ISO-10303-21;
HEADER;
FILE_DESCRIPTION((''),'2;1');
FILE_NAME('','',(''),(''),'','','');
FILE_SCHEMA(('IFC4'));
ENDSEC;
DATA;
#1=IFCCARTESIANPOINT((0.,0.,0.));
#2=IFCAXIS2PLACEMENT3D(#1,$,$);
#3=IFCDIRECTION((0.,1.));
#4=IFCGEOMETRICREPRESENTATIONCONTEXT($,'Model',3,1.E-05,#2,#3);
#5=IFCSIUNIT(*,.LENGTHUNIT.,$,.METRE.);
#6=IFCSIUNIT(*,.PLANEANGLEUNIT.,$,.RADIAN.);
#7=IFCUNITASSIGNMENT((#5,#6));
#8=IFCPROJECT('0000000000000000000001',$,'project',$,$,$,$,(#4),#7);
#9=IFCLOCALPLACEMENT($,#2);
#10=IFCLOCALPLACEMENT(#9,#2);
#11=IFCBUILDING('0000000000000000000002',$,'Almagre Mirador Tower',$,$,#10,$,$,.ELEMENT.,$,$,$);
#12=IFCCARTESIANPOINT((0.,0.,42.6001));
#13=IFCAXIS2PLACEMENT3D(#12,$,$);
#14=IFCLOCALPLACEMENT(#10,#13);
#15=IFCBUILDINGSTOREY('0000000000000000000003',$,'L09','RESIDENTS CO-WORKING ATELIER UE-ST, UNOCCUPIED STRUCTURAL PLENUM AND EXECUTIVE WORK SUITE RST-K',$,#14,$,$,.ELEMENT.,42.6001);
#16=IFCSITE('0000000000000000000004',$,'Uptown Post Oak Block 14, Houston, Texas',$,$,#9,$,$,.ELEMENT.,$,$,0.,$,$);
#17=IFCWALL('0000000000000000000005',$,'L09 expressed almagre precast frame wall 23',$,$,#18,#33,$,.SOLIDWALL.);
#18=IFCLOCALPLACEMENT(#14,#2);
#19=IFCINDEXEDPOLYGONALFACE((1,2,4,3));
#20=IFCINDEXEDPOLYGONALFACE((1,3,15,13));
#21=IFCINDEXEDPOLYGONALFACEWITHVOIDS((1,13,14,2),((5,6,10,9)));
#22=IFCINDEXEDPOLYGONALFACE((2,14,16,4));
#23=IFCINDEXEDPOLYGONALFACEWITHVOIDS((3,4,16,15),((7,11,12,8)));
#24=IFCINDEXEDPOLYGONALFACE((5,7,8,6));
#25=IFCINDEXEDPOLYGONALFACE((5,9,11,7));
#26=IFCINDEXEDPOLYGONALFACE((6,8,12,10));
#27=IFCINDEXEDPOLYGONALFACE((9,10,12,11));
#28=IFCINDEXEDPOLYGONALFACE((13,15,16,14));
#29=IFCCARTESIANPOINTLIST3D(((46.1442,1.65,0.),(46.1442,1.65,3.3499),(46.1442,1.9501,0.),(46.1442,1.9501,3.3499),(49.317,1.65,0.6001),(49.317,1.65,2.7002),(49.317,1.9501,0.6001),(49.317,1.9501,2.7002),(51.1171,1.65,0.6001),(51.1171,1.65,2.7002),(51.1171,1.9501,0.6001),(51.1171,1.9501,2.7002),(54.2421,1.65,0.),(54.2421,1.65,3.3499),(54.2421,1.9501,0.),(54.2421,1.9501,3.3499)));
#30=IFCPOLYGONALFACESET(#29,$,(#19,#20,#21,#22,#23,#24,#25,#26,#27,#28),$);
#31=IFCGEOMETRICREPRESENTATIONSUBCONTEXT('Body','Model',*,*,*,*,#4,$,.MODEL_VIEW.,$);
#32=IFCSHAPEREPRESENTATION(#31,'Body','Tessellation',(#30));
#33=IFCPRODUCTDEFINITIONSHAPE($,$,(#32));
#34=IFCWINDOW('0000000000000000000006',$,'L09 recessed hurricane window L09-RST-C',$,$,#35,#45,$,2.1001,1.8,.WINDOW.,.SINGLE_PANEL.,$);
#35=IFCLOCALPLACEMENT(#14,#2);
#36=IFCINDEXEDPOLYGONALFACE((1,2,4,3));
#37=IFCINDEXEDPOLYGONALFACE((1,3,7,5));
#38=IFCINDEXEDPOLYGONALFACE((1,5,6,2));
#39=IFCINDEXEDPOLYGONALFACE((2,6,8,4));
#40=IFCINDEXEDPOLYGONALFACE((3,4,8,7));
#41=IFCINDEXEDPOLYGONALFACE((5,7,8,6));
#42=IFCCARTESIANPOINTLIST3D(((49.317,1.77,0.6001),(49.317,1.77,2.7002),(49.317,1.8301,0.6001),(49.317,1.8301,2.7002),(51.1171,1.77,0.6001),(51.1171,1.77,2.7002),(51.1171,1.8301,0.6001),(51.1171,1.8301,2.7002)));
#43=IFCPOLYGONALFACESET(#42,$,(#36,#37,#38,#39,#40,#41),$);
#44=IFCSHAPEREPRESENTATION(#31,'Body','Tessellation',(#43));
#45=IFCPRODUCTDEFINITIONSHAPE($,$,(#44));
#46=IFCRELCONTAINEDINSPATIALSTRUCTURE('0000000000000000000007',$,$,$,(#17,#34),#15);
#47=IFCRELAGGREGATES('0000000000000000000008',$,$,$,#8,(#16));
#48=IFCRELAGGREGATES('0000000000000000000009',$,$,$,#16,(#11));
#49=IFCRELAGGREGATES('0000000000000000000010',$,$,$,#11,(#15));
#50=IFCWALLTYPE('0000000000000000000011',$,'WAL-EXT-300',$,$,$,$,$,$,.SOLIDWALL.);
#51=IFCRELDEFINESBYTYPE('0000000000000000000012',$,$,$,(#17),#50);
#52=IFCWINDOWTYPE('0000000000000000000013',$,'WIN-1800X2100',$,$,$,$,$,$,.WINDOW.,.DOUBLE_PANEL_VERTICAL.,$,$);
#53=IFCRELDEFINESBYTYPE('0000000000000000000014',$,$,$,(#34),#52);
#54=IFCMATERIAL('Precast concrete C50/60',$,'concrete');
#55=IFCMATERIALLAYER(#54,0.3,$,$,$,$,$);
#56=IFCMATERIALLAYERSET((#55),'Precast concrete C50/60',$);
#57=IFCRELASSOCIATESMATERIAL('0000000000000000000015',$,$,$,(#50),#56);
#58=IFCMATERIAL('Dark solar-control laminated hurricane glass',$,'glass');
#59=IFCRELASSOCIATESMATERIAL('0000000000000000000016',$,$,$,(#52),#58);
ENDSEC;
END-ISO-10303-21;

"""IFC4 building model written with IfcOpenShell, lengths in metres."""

from ifc_helpers import new_model, si_unit, direction, frame, frame_2d, origin, place, context, subcontext, project, spatial, rectangle, extrude, material, layer, layer_set, type_object, element, fill, save


model = new_model("IFC4")

# Units and contexts
model_context = context("Model", 3, precision=1e-05, world=origin(), true_north=direction((0.0, 1.0)))
body_context = subcontext(model_context, "Body", "Model", "MODEL_VIEW")
ifc_project = project(units=[si_unit("LENGTHUNIT", "METRE"), si_unit("PLANEANGLEUNIT", "RADIAN")], contexts=[model_context])

# Site, building, storey
site_placement = place(None, origin())
site = spatial("IfcSite", under=ifc_project, at=site_placement, Name="Uptown Post Oak Block 14, Houston, Texas", CompositionType="ELEMENT", RefElevation=0.0)
building_placement = place(site_placement, origin())
building = spatial("IfcBuilding", under=site, at=building_placement, Name="Almagre Mirador Tower", CompositionType="ELEMENT")
storey_placement = place(building_placement, frame((0.0, 0.0, 42.6001)))
storey = spatial("IfcBuildingStorey", under=building, at=storey_placement, Name="L09", Description="RESIDENTS CO-WORKING ATELIER UE-ST, UNOCCUPIED STRUCTURAL PLENUM AND EXECUTIVE WORK SUITE RST-K", CompositionType="ELEMENT", Elevation=42.6001)

# Shared definitions
ifc_material_1 = material(Name="Precast concrete C50/60", Category="concrete")
ifc_layer_1 = layer(ifc_material_1, 0.3)
ifc_layer_set_1 = layer_set([ifc_layer_1], Name="Precast concrete C50/60")
wall_type = type_object("IfcWallType", Name="WAL-EXT-300", PredefinedType="SOLIDWALL", material=ifc_layer_set_1)
ifc_material_2 = material(Name="Dark solar-control laminated hurricane glass", Category="glass")
window_type_1 = type_object("IfcWindowType", Name="WIN-1800X2100", PartitioningType="DOUBLE_PANEL_VERTICAL", PredefinedType="WINDOW", material=ifc_material_2)

# Wall, opening, window
wall_1_placement = place(storey_placement, frame((54.2419, 1.8, 0.0), z_axis=(0.0, 0.0, 1.0), x_axis=(-1.0, 0.0, 0.0)))
wall_1 = element("IfcWall", 1, at=wall_1_placement, inside=storey, type_object=wall_type, Name="L09 expressed almagre precast frame wall 23", PredefinedType="SOLIDWALL", context=body_context, shape_type="SweptSolid", body=[
    extrude(rectangle(XDim=8.0979, YDim=0.3, at=frame_2d((4.0488, 0.0))), origin(), (0.0, 0.0, 1.0), 3.3499),
])
opening_1_placement = place(wall_1_placement, frame((3.125, 0.0, 0.6001)))
opening_1 = element("IfcOpeningElement", 2, at=opening_1_placement, cuts=wall_1, PredefinedType="OPENING", context=body_context, shape_type="SweptSolid", body=[
    extrude(rectangle(XDim=1.8, YDim=2.1001, at=frame_2d((0.8999, 1.05))), frame((0.0, 0.1599, 0.0), z_axis=(0.0, -1.0, 0.0), x_axis=(1.0, 0.0, 0.0)), (0.0, 0.0, 1.0), 0.32),
])
window_1_placement = place(opening_1_placement, origin())
window_1 = element("IfcWindow", 3, at=window_1_placement, inside=storey, type_object=window_type_1, Name="L09 recessed hurricane window L09-RST-C", OverallHeight=2.1001, OverallWidth=1.8, PartitioningType="SINGLE_PANEL", PredefinedType="WINDOW", context=body_context, shape_type="SweptSolid", body=[
    extrude(rectangle(XDim=1.8, YDim=2.1001, at=frame_2d((0.8999, 1.05))), frame((0.0, 0.03, 0.0), z_axis=(0.0, -1.0, 0.0), x_axis=(1.0, 0.0, 0.0)), (0.0, 0.0, 1.0), 0.0601),
])
fill(opening_1, window_1)

save(model, "model.ifc")
